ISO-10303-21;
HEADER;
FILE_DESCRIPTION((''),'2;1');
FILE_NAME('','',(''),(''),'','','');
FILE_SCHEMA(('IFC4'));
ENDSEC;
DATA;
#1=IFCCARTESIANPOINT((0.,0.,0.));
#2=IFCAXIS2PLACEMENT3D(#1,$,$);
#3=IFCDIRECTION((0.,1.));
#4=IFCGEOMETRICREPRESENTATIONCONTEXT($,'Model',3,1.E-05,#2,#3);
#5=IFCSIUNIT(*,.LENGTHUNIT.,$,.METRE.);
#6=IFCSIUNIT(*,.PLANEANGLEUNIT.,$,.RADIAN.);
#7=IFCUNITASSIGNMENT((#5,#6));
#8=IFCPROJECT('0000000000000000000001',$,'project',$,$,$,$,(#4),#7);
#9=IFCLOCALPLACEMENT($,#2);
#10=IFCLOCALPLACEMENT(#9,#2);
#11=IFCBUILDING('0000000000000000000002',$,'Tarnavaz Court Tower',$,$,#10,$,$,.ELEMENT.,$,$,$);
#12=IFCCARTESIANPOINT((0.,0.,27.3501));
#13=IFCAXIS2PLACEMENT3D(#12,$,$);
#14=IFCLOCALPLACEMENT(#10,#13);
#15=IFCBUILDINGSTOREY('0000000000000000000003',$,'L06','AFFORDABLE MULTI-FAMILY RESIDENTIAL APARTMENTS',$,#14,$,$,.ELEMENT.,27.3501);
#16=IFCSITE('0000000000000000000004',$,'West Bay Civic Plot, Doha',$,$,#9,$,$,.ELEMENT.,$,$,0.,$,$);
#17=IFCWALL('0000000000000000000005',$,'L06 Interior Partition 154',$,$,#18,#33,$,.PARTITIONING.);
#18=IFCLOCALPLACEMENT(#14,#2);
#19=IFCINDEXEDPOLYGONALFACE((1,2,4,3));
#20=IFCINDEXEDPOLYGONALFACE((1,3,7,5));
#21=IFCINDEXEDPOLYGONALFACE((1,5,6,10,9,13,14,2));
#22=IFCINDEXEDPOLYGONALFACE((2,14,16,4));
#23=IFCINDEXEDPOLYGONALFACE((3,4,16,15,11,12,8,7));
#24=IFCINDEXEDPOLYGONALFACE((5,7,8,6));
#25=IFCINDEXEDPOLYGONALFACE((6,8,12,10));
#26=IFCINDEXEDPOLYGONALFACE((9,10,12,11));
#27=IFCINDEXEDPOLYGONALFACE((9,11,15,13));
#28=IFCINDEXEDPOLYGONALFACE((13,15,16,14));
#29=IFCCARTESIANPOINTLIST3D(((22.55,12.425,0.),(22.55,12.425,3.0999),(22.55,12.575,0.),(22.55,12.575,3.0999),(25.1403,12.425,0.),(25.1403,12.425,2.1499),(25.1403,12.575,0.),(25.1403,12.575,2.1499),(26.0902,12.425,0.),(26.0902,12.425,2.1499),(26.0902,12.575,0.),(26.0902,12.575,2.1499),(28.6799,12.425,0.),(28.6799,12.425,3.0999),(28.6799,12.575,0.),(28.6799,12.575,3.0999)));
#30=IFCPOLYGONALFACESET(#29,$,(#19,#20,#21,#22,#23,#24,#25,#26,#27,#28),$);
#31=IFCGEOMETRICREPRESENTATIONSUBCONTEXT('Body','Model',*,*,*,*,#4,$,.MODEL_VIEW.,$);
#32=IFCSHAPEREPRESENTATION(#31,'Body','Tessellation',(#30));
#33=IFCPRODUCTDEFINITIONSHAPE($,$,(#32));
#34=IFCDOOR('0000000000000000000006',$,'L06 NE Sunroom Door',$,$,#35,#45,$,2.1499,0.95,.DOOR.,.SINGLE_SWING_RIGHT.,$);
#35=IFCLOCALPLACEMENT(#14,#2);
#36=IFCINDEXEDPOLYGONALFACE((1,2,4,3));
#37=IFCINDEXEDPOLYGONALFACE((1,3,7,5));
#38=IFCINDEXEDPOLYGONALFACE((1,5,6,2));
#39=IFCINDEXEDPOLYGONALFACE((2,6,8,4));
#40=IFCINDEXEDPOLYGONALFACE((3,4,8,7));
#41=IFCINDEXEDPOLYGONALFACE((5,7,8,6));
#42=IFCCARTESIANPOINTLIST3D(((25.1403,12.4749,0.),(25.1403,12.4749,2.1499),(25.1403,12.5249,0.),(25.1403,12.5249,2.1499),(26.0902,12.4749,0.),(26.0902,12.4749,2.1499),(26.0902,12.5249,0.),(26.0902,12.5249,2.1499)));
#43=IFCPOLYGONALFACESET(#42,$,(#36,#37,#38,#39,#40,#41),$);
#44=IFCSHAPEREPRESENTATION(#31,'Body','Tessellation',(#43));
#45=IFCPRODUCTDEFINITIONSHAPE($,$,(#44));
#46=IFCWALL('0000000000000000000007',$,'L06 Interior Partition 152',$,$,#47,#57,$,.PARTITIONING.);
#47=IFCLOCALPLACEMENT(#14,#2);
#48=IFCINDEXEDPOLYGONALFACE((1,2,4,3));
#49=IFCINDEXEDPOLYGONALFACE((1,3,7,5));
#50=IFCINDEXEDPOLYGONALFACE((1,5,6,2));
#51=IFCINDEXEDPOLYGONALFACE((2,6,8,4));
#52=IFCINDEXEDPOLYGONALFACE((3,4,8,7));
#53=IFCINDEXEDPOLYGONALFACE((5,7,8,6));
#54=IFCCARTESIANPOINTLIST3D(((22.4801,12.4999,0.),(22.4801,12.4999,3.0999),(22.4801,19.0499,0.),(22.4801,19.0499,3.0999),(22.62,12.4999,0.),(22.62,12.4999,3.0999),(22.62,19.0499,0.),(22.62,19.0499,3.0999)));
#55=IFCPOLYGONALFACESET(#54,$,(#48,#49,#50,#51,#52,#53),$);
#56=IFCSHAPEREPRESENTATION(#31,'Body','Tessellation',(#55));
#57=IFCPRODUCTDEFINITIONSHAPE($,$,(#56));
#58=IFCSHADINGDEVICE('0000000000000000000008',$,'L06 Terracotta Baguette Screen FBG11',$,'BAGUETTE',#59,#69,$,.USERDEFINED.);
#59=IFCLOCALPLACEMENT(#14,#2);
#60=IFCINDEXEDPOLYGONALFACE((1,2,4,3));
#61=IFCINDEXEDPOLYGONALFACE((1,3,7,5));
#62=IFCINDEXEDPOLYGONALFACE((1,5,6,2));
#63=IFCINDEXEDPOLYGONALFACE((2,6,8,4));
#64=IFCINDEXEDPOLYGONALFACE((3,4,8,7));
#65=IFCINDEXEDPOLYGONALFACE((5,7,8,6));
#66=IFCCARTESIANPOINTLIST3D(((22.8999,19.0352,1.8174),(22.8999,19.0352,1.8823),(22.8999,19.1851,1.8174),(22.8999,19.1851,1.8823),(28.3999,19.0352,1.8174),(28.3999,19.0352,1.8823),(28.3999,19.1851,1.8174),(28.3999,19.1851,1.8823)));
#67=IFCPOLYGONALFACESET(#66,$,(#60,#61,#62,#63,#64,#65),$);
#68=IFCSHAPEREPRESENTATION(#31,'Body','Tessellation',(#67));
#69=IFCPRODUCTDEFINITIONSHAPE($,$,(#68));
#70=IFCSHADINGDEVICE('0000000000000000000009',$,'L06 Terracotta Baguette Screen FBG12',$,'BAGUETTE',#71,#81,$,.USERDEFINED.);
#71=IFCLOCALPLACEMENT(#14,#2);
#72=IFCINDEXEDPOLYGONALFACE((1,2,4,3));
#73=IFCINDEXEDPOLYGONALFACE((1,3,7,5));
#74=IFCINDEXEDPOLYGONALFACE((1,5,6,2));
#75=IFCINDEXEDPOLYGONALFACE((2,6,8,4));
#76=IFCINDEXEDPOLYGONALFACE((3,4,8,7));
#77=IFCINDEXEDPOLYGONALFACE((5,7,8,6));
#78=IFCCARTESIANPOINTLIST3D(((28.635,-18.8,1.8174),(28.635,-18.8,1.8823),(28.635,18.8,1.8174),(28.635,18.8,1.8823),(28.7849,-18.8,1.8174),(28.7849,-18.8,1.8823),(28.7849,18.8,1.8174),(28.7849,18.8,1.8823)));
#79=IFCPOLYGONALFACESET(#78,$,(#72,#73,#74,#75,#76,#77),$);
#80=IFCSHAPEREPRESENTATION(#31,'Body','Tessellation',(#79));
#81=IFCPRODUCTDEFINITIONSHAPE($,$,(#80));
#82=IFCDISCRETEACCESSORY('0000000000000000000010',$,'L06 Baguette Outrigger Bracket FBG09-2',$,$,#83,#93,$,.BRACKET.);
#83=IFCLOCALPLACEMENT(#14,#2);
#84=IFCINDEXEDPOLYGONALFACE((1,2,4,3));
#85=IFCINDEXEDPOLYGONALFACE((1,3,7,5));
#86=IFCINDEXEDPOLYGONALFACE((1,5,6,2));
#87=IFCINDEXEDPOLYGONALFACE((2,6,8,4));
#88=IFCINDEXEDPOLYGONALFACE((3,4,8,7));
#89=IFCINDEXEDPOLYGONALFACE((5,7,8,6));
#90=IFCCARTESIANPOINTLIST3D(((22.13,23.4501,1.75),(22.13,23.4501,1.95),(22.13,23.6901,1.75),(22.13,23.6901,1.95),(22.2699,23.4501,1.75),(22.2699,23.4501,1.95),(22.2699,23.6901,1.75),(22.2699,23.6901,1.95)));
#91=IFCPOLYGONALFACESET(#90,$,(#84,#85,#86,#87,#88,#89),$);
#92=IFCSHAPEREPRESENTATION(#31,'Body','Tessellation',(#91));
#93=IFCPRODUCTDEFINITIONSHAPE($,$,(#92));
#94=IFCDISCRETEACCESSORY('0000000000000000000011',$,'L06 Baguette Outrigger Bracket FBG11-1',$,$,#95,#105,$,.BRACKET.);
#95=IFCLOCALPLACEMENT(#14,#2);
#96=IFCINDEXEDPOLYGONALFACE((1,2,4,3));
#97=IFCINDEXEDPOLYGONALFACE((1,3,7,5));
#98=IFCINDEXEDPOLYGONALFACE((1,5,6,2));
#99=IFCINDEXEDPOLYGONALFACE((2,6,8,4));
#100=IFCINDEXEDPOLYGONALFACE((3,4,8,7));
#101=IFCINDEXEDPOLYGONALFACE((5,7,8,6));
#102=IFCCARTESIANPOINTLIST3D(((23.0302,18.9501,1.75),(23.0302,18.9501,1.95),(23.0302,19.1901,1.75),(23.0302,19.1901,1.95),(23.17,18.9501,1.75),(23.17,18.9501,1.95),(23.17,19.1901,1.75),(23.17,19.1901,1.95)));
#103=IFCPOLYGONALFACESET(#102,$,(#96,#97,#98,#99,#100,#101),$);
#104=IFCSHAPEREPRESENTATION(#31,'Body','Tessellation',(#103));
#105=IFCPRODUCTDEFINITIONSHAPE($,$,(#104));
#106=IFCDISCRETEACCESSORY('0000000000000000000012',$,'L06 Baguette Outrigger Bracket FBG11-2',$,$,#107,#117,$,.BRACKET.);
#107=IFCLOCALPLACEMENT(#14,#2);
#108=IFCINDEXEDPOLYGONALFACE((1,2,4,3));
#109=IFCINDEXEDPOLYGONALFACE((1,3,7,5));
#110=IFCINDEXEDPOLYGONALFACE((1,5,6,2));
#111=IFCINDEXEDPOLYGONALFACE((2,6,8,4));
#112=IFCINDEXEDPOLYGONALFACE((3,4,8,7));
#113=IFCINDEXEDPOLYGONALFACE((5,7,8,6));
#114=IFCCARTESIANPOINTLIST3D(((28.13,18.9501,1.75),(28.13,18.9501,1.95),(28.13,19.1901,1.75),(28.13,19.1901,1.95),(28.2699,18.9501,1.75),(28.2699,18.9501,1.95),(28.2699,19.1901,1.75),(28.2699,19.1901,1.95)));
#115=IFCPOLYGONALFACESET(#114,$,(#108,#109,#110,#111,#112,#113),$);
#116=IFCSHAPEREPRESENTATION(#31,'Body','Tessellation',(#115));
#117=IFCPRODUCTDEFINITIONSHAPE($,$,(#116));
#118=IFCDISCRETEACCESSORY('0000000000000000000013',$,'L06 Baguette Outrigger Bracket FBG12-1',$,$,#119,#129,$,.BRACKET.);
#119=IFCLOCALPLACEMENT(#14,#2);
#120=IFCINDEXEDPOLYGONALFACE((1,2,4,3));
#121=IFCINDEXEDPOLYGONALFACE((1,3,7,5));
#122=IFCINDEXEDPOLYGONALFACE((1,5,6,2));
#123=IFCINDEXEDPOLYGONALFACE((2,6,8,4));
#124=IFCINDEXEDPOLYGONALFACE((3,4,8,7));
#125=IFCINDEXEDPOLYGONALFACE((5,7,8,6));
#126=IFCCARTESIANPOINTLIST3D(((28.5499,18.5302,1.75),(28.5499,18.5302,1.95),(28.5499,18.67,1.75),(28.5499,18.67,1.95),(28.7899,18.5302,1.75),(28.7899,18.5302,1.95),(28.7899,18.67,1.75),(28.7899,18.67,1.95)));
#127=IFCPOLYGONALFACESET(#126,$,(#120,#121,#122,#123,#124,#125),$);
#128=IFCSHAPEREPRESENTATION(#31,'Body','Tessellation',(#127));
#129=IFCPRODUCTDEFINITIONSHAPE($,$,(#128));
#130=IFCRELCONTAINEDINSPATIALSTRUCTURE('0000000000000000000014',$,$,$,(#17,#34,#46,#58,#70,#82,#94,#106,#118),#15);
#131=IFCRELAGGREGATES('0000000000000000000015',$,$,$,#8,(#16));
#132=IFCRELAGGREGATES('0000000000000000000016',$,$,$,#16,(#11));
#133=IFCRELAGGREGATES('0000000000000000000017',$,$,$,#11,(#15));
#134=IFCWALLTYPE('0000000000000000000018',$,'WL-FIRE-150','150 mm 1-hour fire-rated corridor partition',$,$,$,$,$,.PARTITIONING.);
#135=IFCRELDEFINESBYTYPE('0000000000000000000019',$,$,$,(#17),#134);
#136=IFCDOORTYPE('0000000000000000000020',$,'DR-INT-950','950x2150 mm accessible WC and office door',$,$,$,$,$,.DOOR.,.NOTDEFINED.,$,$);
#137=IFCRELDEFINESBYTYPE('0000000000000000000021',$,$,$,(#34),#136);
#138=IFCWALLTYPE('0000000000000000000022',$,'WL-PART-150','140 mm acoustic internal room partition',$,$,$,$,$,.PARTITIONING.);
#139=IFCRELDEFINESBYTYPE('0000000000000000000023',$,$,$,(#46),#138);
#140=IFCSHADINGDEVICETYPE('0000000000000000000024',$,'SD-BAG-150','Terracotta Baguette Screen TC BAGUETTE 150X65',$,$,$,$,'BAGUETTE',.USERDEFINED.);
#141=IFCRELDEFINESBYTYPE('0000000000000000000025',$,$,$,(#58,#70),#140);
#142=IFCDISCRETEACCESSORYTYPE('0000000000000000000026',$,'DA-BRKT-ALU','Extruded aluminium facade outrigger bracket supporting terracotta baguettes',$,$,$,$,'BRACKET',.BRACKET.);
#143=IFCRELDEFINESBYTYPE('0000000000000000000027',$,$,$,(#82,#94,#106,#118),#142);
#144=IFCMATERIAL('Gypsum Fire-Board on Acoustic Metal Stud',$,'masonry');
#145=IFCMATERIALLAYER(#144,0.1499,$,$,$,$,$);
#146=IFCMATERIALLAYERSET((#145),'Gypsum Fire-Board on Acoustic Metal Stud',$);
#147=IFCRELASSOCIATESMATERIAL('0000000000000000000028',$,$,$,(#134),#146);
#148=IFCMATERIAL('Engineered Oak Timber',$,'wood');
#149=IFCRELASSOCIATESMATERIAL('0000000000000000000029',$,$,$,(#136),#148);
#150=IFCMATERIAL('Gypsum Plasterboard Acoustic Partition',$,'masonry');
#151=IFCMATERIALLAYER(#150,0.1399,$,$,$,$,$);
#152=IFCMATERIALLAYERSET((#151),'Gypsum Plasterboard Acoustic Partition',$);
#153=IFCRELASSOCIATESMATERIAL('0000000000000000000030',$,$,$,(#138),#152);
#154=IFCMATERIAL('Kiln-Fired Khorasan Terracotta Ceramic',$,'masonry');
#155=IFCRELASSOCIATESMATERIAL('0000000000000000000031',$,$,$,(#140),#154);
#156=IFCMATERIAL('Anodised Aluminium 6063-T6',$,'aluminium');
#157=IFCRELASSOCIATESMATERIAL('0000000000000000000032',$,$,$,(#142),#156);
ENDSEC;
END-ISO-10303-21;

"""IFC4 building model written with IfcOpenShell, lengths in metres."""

from ifc_helpers import new_model, si_unit, direction, frame, frame_2d, origin, origin_2d, place, context, subcontext, project, spatial, rectangle, extrude, material, layer, layer_set, material_profile, profile_set, type_object, element, fill, save


model = new_model("IFC4")

# Units and contexts
model_context = context("Model", 3, precision=1e-05, world=origin(), true_north=direction((0.0, 1.0)))
body_context = subcontext(model_context, "Body", "Model", "MODEL_VIEW")
ifc_project = project(units=[si_unit("LENGTHUNIT", "METRE"), si_unit("PLANEANGLEUNIT", "RADIAN")], contexts=[model_context])

# Site, building, storey
site_placement = place(None, origin())
site = spatial("IfcSite", under=ifc_project, at=site_placement, Name="West Bay Civic Plot, Doha", CompositionType="ELEMENT", RefElevation=0.0)
building_placement = place(site_placement, origin())
building = spatial("IfcBuilding", under=site, at=building_placement, Name="Tarnavaz Court Tower", CompositionType="ELEMENT")
storey_placement = place(building_placement, frame((0.0, 0.0, 27.3501)))
storey = spatial("IfcBuildingStorey", under=building, at=storey_placement, Name="L06", Description="AFFORDABLE MULTI-FAMILY RESIDENTIAL APARTMENTS", CompositionType="ELEMENT", Elevation=27.3501)

# Wall, opening, door
ifc_material_1 = material(Name="Gypsum Fire-Board on Acoustic Metal Stud", Category="masonry")
ifc_layer_1 = layer(ifc_material_1, 0.1499)
ifc_layer_set_1 = layer_set([ifc_layer_1], Name="Gypsum Fire-Board on Acoustic Metal Stud")
wall_type_1 = type_object("IfcWallType", Name="WL-FIRE-150", Description="150 mm 1-hour fire-rated corridor partition", PredefinedType="PARTITIONING", material=ifc_layer_set_1)
wall_1_placement = place(storey_placement, frame((22.55, 12.5, 0.0), z_axis=(0.0, 0.0, 1.0), x_axis=(1.0, 0.0, 0.0)))
wall_1 = element("IfcWall", 1, at=wall_1_placement, inside=storey, type_object=wall_type_1, Name="L06 Interior Partition 154", PredefinedType="PARTITIONING", context=body_context, shape_type="SweptSolid", body=[
    extrude(rectangle(XDim=6.1299, YDim=0.1499, at=frame_2d((3.0649, 0.0))), origin(), (0.0, 0.0, 1.0), 3.0999),
])
opening_1_placement = place(wall_1_placement, frame((2.5901, 0.0, 0.0)))
opening_1 = element("IfcOpeningElement", 2, at=opening_1_placement, cuts=wall_1, PredefinedType="OPENING", context=body_context, shape_type="SweptSolid", body=[
    extrude(rectangle(XDim=0.95, YDim=2.1499, at=frame_2d((0.4751, 1.075))), frame((0.0, 0.085, 0.0), z_axis=(0.0, -1.0, 0.0), x_axis=(1.0, 0.0, 0.0)), (0.0, 0.0, 1.0), 0.1699),
])
ifc_material_2 = material(Name="Engineered Oak Timber", Category="wood")
door_type = type_object("IfcDoorType", Name="DR-INT-950", Description="950x2150 mm accessible WC and office door", OperationType="NOTDEFINED", PredefinedType="DOOR", material=ifc_material_2)
door_placement = place(opening_1_placement, origin())
door = element("IfcDoor", 3, at=door_placement, inside=storey, type_object=door_type, Name="L06 NE Sunroom Door", OperationType="SINGLE_SWING_RIGHT", OverallHeight=2.1499, OverallWidth=0.95, PredefinedType="DOOR", context=body_context, shape_type="SweptSolid", body=[
    extrude(rectangle(XDim=0.95, YDim=2.1499, at=frame_2d((0.4751, 1.075))), frame((0.0, 0.0249, 0.0), z_axis=(0.0, -1.0, 0.0), x_axis=(1.0, 0.0, 0.0)), (0.0, 0.0, 1.0), 0.05),
])
fill(opening_1, door)

# Wall
ifc_material_3 = material(Name="Gypsum Plasterboard Acoustic Partition", Category="masonry")
ifc_layer_2 = layer(ifc_material_3, 0.1399)
ifc_layer_set_2 = layer_set([ifc_layer_2], Name="Gypsum Plasterboard Acoustic Partition")
wall_type_2 = type_object("IfcWallType", Name="WL-PART-150", Description="140 mm acoustic internal room partition", PredefinedType="PARTITIONING", material=ifc_layer_set_2)
wall_2_placement = place(storey_placement, frame((22.55, 12.5, 0.0), z_axis=(0.0, 0.0, 1.0), x_axis=(0.0, 1.0, 0.0)))
element("IfcWall", 4, at=wall_2_placement, inside=storey, type_object=wall_type_2, Name="L06 Interior Partition 152", PredefinedType="PARTITIONING", context=body_context, shape_type="SweptSolid", body=[
    extrude(rectangle(XDim=6.55, YDim=0.1399, at=frame_2d((3.2749, 0.0))), origin(), (0.0, 0.0, 1.0), 3.0999),
])

# Shading devices
ifc_material_4 = material(Name="Kiln-Fired Khorasan Terracotta Ceramic", Category="masonry")
ifc_material_profile_1 = material_profile(ifc_material_4, rectangle(XDim=0.1499, YDim=0.0649, at=origin_2d()), Name="TC BAGUETTE 150X65")
ifc_profile_set_1 = profile_set([ifc_material_profile_1], Name="Kiln-Fired Khorasan Terracotta Ceramic")
shading_device_type = type_object("IfcShadingDeviceType", Name="SD-BAG-150", Description="Terracotta Baguette Screen TC BAGUETTE 150X65", ElementType="BAGUETTE", PredefinedType="USERDEFINED", material=ifc_profile_set_1)
shading_device_1_placement = place(storey_placement, frame((22.8999, 19.1101, 1.8499), z_axis=(1.0, 0.0, 0.0), x_axis=(0.0, 1.0, 0.0)))
element("IfcShadingDevice", 5, at=shading_device_1_placement, inside=storey, type_object=shading_device_type, Name="L06 Terracotta Baguette Screen FBG11", ObjectType="BAGUETTE", PredefinedType="USERDEFINED", context=body_context, shape_type="SweptSolid", body=[
    extrude(rectangle(XDim=0.1499, YDim=0.0649, at=origin_2d()), origin(), (0.0, 0.0, 1.0), 5.5),
])
shading_device_2_placement = place(storey_placement, frame((28.71, 18.8, 1.8499), z_axis=(0.0, -1.0, 0.0), x_axis=(1.0, 0.0, 0.0)))
element("IfcShadingDevice", 6, at=shading_device_2_placement, inside=storey, type_object=shading_device_type, Name="L06 Terracotta Baguette Screen FBG12", ObjectType="BAGUETTE", PredefinedType="USERDEFINED", context=body_context, shape_type="SweptSolid", body=[
    extrude(rectangle(XDim=0.1499, YDim=0.0649, at=origin_2d()), origin(), (0.0, 0.0, 1.0), 37.6001),
])

# Discrete accessories
ifc_material_5 = material(Name="Anodised Aluminium 6063-T6", Category="aluminium")
discrete_accessory_type = type_object("IfcDiscreteAccessoryType", Name="DA-BRKT-ALU", Description="Extruded aluminium facade outrigger bracket supporting terracotta baguettes", ElementType="BRACKET", PredefinedType="BRACKET", material=ifc_material_5)
for number, where, z_axis, x_axis, name in (
    (7, (22.2, 23.5701, 1.75), (0.0, 0.0, 1.0), (1.0, 0.0, 0.0), "L06 Baguette Outrigger Bracket FBG09-2"),
    (8, (23.1001, 19.0701, 1.75), (0.0, 0.0, 1.0), (1.0, 0.0, 0.0), "L06 Baguette Outrigger Bracket FBG11-1"),
    (9, (28.2, 19.0701, 1.75), (0.0, 0.0, 1.0), (1.0, 0.0, 0.0), "L06 Baguette Outrigger Bracket FBG11-2"),
    (10, (28.6699, 18.6001, 1.75), (0.0, 0.0, 1.0), (0.0, -1.0, 0.0), "L06 Baguette Outrigger Bracket FBG12-1"),
):
    element("IfcDiscreteAccessory", number, at=place(storey_placement, frame(where, z_axis=z_axis, x_axis=x_axis)), inside=storey, type_object=discrete_accessory_type, Name=name, PredefinedType="BRACKET", context=body_context, shape_type="SweptSolid", body=[
        extrude(rectangle(XDim=0.1399, YDim=0.24, at=origin_2d()), origin(), (0.0, 0.0, 1.0), 0.2),
    ])

save(model, "model.ifc")
